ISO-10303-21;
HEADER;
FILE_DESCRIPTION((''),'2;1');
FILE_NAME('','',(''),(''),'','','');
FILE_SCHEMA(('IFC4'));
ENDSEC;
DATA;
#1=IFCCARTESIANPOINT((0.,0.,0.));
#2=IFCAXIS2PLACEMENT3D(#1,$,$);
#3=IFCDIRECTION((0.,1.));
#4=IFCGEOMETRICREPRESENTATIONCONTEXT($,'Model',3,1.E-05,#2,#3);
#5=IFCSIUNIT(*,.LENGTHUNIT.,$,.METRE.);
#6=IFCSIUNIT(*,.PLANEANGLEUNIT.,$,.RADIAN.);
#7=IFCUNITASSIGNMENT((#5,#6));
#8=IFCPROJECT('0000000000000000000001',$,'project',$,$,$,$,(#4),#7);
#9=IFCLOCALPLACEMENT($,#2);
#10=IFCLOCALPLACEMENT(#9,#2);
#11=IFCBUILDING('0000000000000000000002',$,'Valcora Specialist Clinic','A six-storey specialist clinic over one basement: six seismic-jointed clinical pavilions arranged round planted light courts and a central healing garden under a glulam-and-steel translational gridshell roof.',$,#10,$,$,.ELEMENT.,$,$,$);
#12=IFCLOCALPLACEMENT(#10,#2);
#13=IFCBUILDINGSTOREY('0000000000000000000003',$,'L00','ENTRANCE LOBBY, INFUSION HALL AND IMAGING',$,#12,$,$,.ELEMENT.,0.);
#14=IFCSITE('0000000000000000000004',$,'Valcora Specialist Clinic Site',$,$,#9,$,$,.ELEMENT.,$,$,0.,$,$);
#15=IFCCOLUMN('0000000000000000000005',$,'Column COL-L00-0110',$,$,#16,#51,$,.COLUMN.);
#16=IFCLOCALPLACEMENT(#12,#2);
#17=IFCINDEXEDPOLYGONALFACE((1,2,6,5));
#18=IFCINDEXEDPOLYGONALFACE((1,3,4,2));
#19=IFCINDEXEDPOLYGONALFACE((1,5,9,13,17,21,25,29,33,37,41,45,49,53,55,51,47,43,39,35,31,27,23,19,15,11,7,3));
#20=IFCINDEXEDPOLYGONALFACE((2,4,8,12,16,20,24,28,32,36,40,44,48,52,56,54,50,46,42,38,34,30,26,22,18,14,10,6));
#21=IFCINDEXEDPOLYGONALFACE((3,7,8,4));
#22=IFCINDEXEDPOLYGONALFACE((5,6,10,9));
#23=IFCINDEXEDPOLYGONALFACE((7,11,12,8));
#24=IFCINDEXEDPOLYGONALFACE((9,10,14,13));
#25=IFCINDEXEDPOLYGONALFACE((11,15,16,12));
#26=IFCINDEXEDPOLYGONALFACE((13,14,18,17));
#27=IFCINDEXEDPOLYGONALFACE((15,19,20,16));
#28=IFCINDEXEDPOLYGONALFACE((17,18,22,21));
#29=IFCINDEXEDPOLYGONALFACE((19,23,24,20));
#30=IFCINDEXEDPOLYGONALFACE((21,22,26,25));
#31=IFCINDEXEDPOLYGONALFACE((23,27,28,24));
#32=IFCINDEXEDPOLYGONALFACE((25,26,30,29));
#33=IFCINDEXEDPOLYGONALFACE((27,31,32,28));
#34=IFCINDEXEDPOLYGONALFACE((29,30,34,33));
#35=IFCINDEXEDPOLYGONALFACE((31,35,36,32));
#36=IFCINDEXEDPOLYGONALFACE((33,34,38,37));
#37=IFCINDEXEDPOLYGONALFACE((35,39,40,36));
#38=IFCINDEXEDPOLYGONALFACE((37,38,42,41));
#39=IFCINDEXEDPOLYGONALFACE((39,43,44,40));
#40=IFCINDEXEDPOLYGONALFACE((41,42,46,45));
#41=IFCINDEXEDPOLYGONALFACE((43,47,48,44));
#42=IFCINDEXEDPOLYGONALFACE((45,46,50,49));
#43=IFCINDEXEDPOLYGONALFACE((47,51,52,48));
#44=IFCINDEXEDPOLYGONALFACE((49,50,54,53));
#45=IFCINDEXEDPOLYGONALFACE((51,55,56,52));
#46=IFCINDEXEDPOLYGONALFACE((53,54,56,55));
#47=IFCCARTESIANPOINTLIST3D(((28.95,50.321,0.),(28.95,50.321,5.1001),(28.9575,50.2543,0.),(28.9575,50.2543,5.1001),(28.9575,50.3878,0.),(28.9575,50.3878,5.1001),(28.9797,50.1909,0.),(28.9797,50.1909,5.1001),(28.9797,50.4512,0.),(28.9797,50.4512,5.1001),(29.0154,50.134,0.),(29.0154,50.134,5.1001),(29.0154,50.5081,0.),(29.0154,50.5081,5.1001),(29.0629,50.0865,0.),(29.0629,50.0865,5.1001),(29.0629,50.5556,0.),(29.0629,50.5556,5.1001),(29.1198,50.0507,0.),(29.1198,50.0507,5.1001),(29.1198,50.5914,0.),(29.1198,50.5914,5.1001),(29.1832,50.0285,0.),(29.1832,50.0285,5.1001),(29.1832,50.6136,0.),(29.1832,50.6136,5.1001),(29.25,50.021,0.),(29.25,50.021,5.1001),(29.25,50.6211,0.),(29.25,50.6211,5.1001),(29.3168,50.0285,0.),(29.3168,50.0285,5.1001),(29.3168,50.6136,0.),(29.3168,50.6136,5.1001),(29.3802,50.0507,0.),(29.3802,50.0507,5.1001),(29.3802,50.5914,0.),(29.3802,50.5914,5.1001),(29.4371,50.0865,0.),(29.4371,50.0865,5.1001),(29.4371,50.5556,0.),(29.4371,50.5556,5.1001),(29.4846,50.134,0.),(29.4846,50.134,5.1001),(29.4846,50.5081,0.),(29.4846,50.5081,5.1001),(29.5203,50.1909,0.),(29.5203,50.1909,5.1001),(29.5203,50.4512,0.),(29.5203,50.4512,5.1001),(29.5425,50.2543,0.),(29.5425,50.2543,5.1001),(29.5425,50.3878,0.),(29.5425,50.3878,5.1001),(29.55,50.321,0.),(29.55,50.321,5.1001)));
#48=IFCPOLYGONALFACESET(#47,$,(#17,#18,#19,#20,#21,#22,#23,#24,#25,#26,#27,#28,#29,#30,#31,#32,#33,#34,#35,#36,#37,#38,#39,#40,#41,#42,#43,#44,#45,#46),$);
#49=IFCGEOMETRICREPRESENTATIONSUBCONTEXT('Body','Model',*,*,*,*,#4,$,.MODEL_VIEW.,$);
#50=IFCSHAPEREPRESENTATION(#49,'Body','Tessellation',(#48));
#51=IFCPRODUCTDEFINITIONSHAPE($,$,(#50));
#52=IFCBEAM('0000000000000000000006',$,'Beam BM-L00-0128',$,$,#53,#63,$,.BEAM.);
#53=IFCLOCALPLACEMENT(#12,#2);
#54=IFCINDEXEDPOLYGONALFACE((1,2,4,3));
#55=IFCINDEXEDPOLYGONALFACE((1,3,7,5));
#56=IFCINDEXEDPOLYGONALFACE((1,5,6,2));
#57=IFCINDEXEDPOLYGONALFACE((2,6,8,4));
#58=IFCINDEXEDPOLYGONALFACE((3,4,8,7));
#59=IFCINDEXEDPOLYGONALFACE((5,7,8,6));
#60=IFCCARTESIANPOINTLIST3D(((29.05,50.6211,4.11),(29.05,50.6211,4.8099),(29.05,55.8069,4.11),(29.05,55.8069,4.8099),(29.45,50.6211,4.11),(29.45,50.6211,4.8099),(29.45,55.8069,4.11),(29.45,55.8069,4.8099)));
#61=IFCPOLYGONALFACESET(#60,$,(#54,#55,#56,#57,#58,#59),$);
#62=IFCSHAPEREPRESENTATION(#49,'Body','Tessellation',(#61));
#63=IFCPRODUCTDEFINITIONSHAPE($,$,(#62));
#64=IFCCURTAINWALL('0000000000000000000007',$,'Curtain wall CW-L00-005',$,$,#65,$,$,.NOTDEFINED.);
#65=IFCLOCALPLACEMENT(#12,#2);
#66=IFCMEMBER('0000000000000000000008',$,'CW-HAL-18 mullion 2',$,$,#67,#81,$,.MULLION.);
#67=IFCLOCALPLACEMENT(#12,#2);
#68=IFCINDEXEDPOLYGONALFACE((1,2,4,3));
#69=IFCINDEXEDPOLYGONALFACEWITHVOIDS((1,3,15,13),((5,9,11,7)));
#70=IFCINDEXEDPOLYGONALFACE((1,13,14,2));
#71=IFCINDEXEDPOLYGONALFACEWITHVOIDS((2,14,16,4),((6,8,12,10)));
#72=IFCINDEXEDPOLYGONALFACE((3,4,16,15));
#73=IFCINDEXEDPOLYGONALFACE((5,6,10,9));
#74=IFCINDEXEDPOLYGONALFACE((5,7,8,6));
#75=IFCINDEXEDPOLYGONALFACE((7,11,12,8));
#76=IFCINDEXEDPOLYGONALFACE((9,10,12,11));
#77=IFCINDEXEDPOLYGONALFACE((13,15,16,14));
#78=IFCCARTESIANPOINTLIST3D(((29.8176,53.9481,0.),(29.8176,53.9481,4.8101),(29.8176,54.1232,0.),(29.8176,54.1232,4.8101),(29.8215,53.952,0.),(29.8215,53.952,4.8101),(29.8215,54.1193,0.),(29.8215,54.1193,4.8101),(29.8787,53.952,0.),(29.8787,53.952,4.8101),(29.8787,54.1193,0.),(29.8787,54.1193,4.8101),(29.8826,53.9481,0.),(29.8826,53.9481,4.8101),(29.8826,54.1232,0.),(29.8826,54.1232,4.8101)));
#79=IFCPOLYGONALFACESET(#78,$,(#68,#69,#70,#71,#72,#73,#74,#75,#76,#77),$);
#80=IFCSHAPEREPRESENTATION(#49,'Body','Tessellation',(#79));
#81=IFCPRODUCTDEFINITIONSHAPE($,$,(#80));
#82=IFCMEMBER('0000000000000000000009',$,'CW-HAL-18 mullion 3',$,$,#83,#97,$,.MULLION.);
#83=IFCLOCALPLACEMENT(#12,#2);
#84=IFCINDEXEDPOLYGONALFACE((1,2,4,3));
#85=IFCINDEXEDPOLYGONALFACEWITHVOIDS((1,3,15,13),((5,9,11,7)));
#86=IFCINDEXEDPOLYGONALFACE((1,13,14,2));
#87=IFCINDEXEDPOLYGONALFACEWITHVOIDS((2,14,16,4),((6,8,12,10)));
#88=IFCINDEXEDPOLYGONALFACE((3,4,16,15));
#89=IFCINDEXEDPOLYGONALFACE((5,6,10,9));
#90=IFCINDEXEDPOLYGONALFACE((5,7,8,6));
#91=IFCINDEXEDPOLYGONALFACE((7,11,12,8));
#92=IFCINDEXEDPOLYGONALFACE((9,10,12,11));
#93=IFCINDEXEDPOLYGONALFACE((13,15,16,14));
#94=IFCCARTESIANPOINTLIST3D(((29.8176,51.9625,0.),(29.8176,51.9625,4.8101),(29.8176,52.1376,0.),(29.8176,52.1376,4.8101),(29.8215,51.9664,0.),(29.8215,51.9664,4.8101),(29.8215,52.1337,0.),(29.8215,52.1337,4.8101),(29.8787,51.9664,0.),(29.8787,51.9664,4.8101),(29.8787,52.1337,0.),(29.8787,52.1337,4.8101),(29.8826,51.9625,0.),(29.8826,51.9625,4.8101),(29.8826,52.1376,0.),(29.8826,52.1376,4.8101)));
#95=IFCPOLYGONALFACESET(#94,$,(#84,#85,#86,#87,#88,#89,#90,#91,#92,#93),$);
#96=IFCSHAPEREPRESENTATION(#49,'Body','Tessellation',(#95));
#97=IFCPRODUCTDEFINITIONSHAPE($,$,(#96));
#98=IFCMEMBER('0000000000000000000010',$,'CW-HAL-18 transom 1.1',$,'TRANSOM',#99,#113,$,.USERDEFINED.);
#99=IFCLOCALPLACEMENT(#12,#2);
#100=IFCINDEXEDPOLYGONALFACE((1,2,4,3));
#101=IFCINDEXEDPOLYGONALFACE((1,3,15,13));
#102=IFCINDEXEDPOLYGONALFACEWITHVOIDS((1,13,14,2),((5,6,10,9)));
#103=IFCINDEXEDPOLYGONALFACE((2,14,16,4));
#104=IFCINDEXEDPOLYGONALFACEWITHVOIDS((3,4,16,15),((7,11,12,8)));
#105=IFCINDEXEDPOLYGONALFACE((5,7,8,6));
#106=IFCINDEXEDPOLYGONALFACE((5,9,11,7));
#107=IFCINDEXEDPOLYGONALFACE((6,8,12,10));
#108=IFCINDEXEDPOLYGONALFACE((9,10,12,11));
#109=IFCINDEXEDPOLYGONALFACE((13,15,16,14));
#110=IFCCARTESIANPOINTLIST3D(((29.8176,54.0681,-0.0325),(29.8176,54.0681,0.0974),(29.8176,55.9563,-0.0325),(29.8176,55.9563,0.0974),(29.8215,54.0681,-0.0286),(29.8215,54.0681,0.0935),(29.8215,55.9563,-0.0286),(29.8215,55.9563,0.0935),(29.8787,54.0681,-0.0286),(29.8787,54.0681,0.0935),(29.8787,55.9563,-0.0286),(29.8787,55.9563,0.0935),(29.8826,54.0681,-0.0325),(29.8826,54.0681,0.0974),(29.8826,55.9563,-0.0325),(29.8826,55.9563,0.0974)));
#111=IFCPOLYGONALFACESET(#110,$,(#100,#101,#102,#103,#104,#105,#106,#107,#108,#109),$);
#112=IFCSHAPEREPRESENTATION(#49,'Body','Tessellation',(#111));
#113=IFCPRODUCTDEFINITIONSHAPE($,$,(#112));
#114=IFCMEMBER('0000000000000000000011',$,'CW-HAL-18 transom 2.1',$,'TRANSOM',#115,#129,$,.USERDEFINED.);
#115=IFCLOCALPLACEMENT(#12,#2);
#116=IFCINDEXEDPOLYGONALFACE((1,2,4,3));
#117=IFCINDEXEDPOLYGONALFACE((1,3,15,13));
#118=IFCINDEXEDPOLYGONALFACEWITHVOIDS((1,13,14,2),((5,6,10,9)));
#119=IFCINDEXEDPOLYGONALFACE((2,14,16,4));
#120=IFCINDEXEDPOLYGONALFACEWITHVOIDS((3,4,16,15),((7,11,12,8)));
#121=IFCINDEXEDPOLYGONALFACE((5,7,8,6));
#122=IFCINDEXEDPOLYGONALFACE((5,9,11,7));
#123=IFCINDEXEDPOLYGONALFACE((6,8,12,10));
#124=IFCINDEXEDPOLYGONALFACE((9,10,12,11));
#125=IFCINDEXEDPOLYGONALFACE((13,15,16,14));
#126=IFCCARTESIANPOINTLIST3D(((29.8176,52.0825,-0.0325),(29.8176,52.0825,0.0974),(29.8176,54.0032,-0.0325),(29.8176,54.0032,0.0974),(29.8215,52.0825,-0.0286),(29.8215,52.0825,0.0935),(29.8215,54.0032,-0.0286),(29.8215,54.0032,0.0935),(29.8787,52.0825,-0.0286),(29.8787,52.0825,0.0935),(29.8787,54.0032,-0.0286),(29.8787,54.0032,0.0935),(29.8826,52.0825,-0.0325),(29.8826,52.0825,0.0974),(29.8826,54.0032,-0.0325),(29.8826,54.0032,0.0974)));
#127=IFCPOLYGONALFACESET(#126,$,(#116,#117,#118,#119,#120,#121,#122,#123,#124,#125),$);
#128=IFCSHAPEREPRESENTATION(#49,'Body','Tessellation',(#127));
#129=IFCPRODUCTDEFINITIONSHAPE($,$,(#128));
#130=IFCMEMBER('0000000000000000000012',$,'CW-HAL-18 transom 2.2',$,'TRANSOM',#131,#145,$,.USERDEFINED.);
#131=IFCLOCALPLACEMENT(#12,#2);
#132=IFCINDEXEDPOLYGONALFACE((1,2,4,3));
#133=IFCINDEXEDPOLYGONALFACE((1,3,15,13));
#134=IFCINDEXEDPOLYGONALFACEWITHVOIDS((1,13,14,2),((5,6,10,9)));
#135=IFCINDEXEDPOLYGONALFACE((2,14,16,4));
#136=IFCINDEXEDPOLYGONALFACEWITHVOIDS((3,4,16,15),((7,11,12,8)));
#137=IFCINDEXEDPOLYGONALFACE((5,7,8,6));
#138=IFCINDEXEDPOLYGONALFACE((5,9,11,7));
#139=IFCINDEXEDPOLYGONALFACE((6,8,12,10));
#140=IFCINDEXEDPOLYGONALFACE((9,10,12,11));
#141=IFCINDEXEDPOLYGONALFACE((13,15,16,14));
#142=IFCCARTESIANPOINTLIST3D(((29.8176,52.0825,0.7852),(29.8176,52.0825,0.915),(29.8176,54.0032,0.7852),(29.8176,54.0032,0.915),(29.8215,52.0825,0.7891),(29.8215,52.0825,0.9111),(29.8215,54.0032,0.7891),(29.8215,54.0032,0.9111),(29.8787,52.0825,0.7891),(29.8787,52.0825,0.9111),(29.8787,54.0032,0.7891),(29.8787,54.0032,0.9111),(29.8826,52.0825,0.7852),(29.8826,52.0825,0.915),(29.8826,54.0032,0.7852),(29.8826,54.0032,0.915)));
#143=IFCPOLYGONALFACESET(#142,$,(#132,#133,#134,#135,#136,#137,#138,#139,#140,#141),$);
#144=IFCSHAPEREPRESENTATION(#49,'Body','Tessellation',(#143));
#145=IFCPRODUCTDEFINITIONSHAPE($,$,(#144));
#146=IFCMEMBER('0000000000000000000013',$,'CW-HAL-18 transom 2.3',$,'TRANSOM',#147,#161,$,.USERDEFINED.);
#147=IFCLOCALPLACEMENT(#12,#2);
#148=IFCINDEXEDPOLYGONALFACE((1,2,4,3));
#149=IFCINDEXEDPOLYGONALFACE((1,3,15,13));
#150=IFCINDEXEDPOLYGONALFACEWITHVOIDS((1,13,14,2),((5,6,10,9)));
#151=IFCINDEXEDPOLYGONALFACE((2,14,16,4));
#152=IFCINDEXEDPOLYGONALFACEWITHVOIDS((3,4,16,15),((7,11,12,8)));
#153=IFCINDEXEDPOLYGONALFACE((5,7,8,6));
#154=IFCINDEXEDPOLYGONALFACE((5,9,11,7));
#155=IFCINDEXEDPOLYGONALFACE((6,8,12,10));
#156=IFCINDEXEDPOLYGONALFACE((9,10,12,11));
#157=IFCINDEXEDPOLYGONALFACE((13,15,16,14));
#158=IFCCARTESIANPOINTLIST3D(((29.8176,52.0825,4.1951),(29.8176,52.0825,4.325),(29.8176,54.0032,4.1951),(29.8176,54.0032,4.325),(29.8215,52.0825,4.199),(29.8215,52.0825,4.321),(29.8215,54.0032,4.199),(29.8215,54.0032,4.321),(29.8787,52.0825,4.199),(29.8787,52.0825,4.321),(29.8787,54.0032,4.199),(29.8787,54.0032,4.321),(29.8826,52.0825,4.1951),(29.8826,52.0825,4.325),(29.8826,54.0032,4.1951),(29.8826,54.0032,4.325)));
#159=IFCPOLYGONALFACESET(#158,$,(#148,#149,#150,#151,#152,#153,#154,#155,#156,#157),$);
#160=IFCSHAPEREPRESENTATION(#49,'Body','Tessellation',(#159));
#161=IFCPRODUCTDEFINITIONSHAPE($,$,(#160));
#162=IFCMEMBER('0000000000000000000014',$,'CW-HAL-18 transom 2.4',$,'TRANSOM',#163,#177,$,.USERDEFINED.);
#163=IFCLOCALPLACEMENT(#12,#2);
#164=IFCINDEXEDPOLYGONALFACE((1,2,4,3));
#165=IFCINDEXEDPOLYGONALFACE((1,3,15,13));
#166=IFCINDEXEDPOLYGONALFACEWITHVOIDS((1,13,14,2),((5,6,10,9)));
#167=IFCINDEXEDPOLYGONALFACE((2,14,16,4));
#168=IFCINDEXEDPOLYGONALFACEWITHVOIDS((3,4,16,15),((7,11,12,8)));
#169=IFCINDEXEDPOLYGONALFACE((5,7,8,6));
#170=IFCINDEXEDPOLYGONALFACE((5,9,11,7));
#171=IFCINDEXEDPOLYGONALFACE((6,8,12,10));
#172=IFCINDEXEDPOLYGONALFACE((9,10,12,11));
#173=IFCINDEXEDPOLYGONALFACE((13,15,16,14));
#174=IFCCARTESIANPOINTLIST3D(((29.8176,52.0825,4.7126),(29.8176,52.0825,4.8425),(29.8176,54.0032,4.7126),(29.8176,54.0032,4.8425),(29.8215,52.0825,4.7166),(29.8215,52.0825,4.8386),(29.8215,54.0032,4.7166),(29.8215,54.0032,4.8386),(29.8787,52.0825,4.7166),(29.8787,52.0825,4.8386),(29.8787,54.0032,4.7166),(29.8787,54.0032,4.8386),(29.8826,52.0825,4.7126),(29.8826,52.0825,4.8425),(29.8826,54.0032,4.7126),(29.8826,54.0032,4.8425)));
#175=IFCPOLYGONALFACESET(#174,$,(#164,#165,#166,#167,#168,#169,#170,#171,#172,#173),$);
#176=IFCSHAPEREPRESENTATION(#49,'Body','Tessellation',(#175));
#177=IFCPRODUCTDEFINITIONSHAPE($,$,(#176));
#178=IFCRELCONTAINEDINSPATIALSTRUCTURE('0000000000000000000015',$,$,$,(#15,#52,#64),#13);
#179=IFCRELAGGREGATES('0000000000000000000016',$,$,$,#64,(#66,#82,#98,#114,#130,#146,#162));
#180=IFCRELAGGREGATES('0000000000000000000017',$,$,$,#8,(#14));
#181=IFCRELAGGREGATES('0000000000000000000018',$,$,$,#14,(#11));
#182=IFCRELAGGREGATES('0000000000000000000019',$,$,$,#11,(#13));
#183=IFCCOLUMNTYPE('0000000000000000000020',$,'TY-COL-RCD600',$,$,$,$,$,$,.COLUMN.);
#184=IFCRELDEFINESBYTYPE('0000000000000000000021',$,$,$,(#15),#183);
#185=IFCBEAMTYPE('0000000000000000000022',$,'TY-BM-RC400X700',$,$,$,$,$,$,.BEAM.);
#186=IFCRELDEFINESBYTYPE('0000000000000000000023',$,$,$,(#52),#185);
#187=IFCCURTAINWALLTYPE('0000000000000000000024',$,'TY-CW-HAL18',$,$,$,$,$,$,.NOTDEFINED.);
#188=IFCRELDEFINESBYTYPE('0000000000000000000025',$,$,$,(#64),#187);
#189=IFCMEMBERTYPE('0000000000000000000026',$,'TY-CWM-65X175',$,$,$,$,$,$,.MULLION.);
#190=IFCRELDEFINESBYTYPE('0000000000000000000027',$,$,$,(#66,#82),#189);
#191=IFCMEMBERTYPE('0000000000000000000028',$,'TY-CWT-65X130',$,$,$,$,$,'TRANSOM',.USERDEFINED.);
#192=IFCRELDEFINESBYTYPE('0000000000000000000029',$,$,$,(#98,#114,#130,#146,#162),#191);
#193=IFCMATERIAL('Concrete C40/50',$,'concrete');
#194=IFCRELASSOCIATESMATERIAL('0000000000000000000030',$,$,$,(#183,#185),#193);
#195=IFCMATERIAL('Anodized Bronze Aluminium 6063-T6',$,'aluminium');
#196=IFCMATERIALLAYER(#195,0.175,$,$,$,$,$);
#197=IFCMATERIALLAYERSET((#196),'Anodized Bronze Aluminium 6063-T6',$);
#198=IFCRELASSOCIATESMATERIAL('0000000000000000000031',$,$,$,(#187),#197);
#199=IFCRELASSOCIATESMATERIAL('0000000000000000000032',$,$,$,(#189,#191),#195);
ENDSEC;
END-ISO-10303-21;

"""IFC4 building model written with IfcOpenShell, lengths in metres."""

from ifc_helpers import new_model, si_unit, direction, frame, origin, origin_2d, place, context, subcontext, project, spatial, rectangle, hollow_rectangle, circle, extrude, material, layer, layer_set, material_profile, profile_set, type_object, element, aggregate, save


model = new_model("IFC4")

# Units and contexts
model_context = context("Model", 3, precision=1e-05, world=origin(), true_north=direction((0.0, 1.0)))
body_context = subcontext(model_context, "Body", "Model", "MODEL_VIEW")
ifc_project = project(units=[si_unit("LENGTHUNIT", "METRE"), si_unit("PLANEANGLEUNIT", "RADIAN")], contexts=[model_context])

# Site, building, storey
site_placement = place(None, origin())
site = spatial("IfcSite", under=ifc_project, at=site_placement, Name="Valcora Specialist Clinic Site", CompositionType="ELEMENT", RefElevation=0.0)
building_placement = place(site_placement, origin())
building = spatial("IfcBuilding", under=site, at=building_placement, Name="Valcora Specialist Clinic", Description="A six-storey specialist clinic over one basement: six seismic-jointed clinical pavilions arranged round planted light courts and a central healing garden under a glulam-and-steel translational gridshell roof.", CompositionType="ELEMENT")
storey_placement = place(building_placement, origin())
storey = spatial("IfcBuildingStorey", under=building, at=storey_placement, Name="L00", Description="ENTRANCE LOBBY, INFUSION HALL AND IMAGING", CompositionType="ELEMENT", Elevation=0.0)

# Column
ifc_material_1 = material(Name="Concrete C40/50", Category="concrete")
ifc_material_profile_1 = material_profile(ifc_material_1, circle(Radius=0.3, at=origin_2d()), Name="RC-COL-D600")
ifc_profile_set_1 = profile_set([ifc_material_profile_1], Name="Concrete C40/50")
column_type = type_object("IfcColumnType", Name="TY-COL-RCD600", PredefinedType="COLUMN", material=ifc_profile_set_1)
column_placement = place(storey_placement, frame((29.25, 50.321, 0.0), z_axis=(0.0, 0.0, 1.0), x_axis=(1.0, 0.0, 0.0)))
element("IfcColumn", 1, at=column_placement, inside=storey, type_object=column_type, Name="Column COL-L00-0110", PredefinedType="COLUMN", context=body_context, shape_type="SweptSolid", body=[
    extrude(circle(Radius=0.3, at=origin_2d()), origin(), (0.0, 0.0, 1.0), 5.1001),
])

# Beam
ifc_material_profile_2 = material_profile(ifc_material_1, rectangle(XDim=0.3999, YDim=0.7, at=origin_2d()), Name="RC-BM-400X700")
ifc_profile_set_2 = profile_set([ifc_material_profile_2], Name="Concrete C40/50")
beam_type = type_object("IfcBeamType", Name="TY-BM-RC400X700", PredefinedType="BEAM", material=ifc_profile_set_2)
beam_placement = place(storey_placement, frame((29.25, 50.6211, 4.46), z_axis=(0.0, 1.0, 0.0), x_axis=(-1.0, 0.0, 0.0)))
element("IfcBeam", 2, at=beam_placement, inside=storey, type_object=beam_type, Name="Beam BM-L00-0128", PredefinedType="BEAM", context=body_context, shape_type="SweptSolid", body=[
    extrude(rectangle(XDim=0.3999, YDim=0.7, at=origin_2d()), origin(), (0.0, 0.0, 1.0), 5.1858),
])

# Curtain wall, members
ifc_material_2 = material(Name="Anodized Bronze Aluminium 6063-T6", Category="aluminium")
ifc_layer_1 = layer(ifc_material_2, 0.175)
ifc_layer_set_1 = layer_set([ifc_layer_1], Name="Anodized Bronze Aluminium 6063-T6")
curtain_wall_type = type_object("IfcCurtainWallType", Name="TY-CW-HAL18", PredefinedType="NOTDEFINED", material=ifc_layer_set_1)
curtain_wall_placement = place(storey_placement, origin())
curtain_wall = element("IfcCurtainWall", 3, at=curtain_wall_placement, inside=storey, type_object=curtain_wall_type, Name="Curtain wall CW-L00-005", PredefinedType="NOTDEFINED")
ifc_material_profile_3 = material_profile(ifc_material_2, hollow_rectangle(XDim=0.0649, YDim=0.175, WallThickness=0.0039, at=origin_2d()), Name="AL-MUL-65X175")
ifc_profile_set_3 = profile_set([ifc_material_profile_3], Name="Anodized Bronze Aluminium 6063-T6")
member_type_1 = type_object("IfcMemberType", Name="TY-CWM-65X175", PredefinedType="MULLION", material=ifc_profile_set_3)
member_1_placement = place(storey_placement, frame((29.8501, 54.0356, 0.0), z_axis=(0.0, 0.0, 1.0), x_axis=(1.0, 0.0, 0.0)))
member_1 = element("IfcMember", 4, at=member_1_placement, type_object=member_type_1, Name="CW-HAL-18 mullion 2", PredefinedType="MULLION", context=body_context, shape_type="SweptSolid", body=[
    extrude(hollow_rectangle(XDim=0.0649, YDim=0.175, WallThickness=0.0039, at=origin_2d()), origin(), (0.0, 0.0, 1.0), 4.8101),
])
member_2_placement = place(storey_placement, frame((29.8501, 52.05, 0.0), z_axis=(0.0, 0.0, 1.0), x_axis=(1.0, 0.0, 0.0)))
member_2 = element("IfcMember", 5, at=member_2_placement, type_object=member_type_1, Name="CW-HAL-18 mullion 3", PredefinedType="MULLION", context=body_context, shape_type="SweptSolid", body=[
    extrude(hollow_rectangle(XDim=0.0649, YDim=0.175, WallThickness=0.0039, at=origin_2d()), origin(), (0.0, 0.0, 1.0), 4.8101),
])
ifc_material_profile_4 = material_profile(ifc_material_2, hollow_rectangle(XDim=0.0649, YDim=0.1299, WallThickness=0.0039, at=origin_2d()), Name="AL-TRN-65X130")
ifc_profile_set_4 = profile_set([ifc_material_profile_4], Name="Anodized Bronze Aluminium 6063-T6")
member_type_2 = type_object("IfcMemberType", Name="TY-CWT-65X130", ElementType="TRANSOM", PredefinedType="USERDEFINED", material=ifc_profile_set_4)
member_3_placement = place(storey_placement, frame((29.8501, 55.9563, 0.0325), z_axis=(0.0, -1.0, 0.0), x_axis=(1.0, 0.0, 0.0)))
member_3 = element("IfcMember", 6, at=member_3_placement, type_object=member_type_2, Name="CW-HAL-18 transom 1.1", ObjectType="TRANSOM", PredefinedType="USERDEFINED", context=body_context, shape_type="SweptSolid", body=[
    extrude(hollow_rectangle(XDim=0.0649, YDim=0.1299, WallThickness=0.0039, at=origin_2d()), origin(), (0.0, 0.0, 1.0), 1.8882),
])
member_4_placement = place(storey_placement, frame((29.8501, 54.0032, 0.0325), z_axis=(0.0, -1.0, 0.0), x_axis=(1.0, 0.0, 0.0)))
member_4 = element("IfcMember", 7, at=member_4_placement, type_object=member_type_2, Name="CW-HAL-18 transom 2.1", ObjectType="TRANSOM", PredefinedType="USERDEFINED", context=body_context, shape_type="SweptSolid", body=[
    extrude(hollow_rectangle(XDim=0.0649, YDim=0.1299, WallThickness=0.0039, at=origin_2d()), origin(), (0.0, 0.0, 1.0), 1.9207),
])
member_5_placement = place(storey_placement, frame((29.8501, 54.0032, 0.8501), z_axis=(0.0, -1.0, 0.0), x_axis=(1.0, 0.0, 0.0)))
member_5 = element("IfcMember", 8, at=member_5_placement, type_object=member_type_2, Name="CW-HAL-18 transom 2.2", ObjectType="TRANSOM", PredefinedType="USERDEFINED", context=body_context, shape_type="SweptSolid", body=[
    extrude(hollow_rectangle(XDim=0.0649, YDim=0.1299, WallThickness=0.0039, at=origin_2d()), origin(), (0.0, 0.0, 1.0), 1.9207),
])
member_6_placement = place(storey_placement, frame((29.8501, 54.0032, 4.26), z_axis=(0.0, -1.0, 0.0), x_axis=(1.0, 0.0, 0.0)))
member_6 = element("IfcMember", 9, at=member_6_placement, type_object=member_type_2, Name="CW-HAL-18 transom 2.3", ObjectType="TRANSOM", PredefinedType="USERDEFINED", context=body_context, shape_type="SweptSolid", body=[
    extrude(hollow_rectangle(XDim=0.0649, YDim=0.1299, WallThickness=0.0039, at=origin_2d()), origin(), (0.0, 0.0, 1.0), 1.9207),
])
member_7_placement = place(storey_placement, frame((29.8501, 54.0032, 4.7776), z_axis=(0.0, -1.0, 0.0), x_axis=(1.0, 0.0, 0.0)))
member_7 = element("IfcMember", 10, at=member_7_placement, type_object=member_type_2, Name="CW-HAL-18 transom 2.4", ObjectType="TRANSOM", PredefinedType="USERDEFINED", context=body_context, shape_type="SweptSolid", body=[
    extrude(hollow_rectangle(XDim=0.0649, YDim=0.1299, WallThickness=0.0039, at=origin_2d()), origin(), (0.0, 0.0, 1.0), 1.9207),
])
aggregate(curtain_wall, [member_1, member_2, member_3, member_4, member_5, member_6, member_7])

save(model, "model.ifc")
